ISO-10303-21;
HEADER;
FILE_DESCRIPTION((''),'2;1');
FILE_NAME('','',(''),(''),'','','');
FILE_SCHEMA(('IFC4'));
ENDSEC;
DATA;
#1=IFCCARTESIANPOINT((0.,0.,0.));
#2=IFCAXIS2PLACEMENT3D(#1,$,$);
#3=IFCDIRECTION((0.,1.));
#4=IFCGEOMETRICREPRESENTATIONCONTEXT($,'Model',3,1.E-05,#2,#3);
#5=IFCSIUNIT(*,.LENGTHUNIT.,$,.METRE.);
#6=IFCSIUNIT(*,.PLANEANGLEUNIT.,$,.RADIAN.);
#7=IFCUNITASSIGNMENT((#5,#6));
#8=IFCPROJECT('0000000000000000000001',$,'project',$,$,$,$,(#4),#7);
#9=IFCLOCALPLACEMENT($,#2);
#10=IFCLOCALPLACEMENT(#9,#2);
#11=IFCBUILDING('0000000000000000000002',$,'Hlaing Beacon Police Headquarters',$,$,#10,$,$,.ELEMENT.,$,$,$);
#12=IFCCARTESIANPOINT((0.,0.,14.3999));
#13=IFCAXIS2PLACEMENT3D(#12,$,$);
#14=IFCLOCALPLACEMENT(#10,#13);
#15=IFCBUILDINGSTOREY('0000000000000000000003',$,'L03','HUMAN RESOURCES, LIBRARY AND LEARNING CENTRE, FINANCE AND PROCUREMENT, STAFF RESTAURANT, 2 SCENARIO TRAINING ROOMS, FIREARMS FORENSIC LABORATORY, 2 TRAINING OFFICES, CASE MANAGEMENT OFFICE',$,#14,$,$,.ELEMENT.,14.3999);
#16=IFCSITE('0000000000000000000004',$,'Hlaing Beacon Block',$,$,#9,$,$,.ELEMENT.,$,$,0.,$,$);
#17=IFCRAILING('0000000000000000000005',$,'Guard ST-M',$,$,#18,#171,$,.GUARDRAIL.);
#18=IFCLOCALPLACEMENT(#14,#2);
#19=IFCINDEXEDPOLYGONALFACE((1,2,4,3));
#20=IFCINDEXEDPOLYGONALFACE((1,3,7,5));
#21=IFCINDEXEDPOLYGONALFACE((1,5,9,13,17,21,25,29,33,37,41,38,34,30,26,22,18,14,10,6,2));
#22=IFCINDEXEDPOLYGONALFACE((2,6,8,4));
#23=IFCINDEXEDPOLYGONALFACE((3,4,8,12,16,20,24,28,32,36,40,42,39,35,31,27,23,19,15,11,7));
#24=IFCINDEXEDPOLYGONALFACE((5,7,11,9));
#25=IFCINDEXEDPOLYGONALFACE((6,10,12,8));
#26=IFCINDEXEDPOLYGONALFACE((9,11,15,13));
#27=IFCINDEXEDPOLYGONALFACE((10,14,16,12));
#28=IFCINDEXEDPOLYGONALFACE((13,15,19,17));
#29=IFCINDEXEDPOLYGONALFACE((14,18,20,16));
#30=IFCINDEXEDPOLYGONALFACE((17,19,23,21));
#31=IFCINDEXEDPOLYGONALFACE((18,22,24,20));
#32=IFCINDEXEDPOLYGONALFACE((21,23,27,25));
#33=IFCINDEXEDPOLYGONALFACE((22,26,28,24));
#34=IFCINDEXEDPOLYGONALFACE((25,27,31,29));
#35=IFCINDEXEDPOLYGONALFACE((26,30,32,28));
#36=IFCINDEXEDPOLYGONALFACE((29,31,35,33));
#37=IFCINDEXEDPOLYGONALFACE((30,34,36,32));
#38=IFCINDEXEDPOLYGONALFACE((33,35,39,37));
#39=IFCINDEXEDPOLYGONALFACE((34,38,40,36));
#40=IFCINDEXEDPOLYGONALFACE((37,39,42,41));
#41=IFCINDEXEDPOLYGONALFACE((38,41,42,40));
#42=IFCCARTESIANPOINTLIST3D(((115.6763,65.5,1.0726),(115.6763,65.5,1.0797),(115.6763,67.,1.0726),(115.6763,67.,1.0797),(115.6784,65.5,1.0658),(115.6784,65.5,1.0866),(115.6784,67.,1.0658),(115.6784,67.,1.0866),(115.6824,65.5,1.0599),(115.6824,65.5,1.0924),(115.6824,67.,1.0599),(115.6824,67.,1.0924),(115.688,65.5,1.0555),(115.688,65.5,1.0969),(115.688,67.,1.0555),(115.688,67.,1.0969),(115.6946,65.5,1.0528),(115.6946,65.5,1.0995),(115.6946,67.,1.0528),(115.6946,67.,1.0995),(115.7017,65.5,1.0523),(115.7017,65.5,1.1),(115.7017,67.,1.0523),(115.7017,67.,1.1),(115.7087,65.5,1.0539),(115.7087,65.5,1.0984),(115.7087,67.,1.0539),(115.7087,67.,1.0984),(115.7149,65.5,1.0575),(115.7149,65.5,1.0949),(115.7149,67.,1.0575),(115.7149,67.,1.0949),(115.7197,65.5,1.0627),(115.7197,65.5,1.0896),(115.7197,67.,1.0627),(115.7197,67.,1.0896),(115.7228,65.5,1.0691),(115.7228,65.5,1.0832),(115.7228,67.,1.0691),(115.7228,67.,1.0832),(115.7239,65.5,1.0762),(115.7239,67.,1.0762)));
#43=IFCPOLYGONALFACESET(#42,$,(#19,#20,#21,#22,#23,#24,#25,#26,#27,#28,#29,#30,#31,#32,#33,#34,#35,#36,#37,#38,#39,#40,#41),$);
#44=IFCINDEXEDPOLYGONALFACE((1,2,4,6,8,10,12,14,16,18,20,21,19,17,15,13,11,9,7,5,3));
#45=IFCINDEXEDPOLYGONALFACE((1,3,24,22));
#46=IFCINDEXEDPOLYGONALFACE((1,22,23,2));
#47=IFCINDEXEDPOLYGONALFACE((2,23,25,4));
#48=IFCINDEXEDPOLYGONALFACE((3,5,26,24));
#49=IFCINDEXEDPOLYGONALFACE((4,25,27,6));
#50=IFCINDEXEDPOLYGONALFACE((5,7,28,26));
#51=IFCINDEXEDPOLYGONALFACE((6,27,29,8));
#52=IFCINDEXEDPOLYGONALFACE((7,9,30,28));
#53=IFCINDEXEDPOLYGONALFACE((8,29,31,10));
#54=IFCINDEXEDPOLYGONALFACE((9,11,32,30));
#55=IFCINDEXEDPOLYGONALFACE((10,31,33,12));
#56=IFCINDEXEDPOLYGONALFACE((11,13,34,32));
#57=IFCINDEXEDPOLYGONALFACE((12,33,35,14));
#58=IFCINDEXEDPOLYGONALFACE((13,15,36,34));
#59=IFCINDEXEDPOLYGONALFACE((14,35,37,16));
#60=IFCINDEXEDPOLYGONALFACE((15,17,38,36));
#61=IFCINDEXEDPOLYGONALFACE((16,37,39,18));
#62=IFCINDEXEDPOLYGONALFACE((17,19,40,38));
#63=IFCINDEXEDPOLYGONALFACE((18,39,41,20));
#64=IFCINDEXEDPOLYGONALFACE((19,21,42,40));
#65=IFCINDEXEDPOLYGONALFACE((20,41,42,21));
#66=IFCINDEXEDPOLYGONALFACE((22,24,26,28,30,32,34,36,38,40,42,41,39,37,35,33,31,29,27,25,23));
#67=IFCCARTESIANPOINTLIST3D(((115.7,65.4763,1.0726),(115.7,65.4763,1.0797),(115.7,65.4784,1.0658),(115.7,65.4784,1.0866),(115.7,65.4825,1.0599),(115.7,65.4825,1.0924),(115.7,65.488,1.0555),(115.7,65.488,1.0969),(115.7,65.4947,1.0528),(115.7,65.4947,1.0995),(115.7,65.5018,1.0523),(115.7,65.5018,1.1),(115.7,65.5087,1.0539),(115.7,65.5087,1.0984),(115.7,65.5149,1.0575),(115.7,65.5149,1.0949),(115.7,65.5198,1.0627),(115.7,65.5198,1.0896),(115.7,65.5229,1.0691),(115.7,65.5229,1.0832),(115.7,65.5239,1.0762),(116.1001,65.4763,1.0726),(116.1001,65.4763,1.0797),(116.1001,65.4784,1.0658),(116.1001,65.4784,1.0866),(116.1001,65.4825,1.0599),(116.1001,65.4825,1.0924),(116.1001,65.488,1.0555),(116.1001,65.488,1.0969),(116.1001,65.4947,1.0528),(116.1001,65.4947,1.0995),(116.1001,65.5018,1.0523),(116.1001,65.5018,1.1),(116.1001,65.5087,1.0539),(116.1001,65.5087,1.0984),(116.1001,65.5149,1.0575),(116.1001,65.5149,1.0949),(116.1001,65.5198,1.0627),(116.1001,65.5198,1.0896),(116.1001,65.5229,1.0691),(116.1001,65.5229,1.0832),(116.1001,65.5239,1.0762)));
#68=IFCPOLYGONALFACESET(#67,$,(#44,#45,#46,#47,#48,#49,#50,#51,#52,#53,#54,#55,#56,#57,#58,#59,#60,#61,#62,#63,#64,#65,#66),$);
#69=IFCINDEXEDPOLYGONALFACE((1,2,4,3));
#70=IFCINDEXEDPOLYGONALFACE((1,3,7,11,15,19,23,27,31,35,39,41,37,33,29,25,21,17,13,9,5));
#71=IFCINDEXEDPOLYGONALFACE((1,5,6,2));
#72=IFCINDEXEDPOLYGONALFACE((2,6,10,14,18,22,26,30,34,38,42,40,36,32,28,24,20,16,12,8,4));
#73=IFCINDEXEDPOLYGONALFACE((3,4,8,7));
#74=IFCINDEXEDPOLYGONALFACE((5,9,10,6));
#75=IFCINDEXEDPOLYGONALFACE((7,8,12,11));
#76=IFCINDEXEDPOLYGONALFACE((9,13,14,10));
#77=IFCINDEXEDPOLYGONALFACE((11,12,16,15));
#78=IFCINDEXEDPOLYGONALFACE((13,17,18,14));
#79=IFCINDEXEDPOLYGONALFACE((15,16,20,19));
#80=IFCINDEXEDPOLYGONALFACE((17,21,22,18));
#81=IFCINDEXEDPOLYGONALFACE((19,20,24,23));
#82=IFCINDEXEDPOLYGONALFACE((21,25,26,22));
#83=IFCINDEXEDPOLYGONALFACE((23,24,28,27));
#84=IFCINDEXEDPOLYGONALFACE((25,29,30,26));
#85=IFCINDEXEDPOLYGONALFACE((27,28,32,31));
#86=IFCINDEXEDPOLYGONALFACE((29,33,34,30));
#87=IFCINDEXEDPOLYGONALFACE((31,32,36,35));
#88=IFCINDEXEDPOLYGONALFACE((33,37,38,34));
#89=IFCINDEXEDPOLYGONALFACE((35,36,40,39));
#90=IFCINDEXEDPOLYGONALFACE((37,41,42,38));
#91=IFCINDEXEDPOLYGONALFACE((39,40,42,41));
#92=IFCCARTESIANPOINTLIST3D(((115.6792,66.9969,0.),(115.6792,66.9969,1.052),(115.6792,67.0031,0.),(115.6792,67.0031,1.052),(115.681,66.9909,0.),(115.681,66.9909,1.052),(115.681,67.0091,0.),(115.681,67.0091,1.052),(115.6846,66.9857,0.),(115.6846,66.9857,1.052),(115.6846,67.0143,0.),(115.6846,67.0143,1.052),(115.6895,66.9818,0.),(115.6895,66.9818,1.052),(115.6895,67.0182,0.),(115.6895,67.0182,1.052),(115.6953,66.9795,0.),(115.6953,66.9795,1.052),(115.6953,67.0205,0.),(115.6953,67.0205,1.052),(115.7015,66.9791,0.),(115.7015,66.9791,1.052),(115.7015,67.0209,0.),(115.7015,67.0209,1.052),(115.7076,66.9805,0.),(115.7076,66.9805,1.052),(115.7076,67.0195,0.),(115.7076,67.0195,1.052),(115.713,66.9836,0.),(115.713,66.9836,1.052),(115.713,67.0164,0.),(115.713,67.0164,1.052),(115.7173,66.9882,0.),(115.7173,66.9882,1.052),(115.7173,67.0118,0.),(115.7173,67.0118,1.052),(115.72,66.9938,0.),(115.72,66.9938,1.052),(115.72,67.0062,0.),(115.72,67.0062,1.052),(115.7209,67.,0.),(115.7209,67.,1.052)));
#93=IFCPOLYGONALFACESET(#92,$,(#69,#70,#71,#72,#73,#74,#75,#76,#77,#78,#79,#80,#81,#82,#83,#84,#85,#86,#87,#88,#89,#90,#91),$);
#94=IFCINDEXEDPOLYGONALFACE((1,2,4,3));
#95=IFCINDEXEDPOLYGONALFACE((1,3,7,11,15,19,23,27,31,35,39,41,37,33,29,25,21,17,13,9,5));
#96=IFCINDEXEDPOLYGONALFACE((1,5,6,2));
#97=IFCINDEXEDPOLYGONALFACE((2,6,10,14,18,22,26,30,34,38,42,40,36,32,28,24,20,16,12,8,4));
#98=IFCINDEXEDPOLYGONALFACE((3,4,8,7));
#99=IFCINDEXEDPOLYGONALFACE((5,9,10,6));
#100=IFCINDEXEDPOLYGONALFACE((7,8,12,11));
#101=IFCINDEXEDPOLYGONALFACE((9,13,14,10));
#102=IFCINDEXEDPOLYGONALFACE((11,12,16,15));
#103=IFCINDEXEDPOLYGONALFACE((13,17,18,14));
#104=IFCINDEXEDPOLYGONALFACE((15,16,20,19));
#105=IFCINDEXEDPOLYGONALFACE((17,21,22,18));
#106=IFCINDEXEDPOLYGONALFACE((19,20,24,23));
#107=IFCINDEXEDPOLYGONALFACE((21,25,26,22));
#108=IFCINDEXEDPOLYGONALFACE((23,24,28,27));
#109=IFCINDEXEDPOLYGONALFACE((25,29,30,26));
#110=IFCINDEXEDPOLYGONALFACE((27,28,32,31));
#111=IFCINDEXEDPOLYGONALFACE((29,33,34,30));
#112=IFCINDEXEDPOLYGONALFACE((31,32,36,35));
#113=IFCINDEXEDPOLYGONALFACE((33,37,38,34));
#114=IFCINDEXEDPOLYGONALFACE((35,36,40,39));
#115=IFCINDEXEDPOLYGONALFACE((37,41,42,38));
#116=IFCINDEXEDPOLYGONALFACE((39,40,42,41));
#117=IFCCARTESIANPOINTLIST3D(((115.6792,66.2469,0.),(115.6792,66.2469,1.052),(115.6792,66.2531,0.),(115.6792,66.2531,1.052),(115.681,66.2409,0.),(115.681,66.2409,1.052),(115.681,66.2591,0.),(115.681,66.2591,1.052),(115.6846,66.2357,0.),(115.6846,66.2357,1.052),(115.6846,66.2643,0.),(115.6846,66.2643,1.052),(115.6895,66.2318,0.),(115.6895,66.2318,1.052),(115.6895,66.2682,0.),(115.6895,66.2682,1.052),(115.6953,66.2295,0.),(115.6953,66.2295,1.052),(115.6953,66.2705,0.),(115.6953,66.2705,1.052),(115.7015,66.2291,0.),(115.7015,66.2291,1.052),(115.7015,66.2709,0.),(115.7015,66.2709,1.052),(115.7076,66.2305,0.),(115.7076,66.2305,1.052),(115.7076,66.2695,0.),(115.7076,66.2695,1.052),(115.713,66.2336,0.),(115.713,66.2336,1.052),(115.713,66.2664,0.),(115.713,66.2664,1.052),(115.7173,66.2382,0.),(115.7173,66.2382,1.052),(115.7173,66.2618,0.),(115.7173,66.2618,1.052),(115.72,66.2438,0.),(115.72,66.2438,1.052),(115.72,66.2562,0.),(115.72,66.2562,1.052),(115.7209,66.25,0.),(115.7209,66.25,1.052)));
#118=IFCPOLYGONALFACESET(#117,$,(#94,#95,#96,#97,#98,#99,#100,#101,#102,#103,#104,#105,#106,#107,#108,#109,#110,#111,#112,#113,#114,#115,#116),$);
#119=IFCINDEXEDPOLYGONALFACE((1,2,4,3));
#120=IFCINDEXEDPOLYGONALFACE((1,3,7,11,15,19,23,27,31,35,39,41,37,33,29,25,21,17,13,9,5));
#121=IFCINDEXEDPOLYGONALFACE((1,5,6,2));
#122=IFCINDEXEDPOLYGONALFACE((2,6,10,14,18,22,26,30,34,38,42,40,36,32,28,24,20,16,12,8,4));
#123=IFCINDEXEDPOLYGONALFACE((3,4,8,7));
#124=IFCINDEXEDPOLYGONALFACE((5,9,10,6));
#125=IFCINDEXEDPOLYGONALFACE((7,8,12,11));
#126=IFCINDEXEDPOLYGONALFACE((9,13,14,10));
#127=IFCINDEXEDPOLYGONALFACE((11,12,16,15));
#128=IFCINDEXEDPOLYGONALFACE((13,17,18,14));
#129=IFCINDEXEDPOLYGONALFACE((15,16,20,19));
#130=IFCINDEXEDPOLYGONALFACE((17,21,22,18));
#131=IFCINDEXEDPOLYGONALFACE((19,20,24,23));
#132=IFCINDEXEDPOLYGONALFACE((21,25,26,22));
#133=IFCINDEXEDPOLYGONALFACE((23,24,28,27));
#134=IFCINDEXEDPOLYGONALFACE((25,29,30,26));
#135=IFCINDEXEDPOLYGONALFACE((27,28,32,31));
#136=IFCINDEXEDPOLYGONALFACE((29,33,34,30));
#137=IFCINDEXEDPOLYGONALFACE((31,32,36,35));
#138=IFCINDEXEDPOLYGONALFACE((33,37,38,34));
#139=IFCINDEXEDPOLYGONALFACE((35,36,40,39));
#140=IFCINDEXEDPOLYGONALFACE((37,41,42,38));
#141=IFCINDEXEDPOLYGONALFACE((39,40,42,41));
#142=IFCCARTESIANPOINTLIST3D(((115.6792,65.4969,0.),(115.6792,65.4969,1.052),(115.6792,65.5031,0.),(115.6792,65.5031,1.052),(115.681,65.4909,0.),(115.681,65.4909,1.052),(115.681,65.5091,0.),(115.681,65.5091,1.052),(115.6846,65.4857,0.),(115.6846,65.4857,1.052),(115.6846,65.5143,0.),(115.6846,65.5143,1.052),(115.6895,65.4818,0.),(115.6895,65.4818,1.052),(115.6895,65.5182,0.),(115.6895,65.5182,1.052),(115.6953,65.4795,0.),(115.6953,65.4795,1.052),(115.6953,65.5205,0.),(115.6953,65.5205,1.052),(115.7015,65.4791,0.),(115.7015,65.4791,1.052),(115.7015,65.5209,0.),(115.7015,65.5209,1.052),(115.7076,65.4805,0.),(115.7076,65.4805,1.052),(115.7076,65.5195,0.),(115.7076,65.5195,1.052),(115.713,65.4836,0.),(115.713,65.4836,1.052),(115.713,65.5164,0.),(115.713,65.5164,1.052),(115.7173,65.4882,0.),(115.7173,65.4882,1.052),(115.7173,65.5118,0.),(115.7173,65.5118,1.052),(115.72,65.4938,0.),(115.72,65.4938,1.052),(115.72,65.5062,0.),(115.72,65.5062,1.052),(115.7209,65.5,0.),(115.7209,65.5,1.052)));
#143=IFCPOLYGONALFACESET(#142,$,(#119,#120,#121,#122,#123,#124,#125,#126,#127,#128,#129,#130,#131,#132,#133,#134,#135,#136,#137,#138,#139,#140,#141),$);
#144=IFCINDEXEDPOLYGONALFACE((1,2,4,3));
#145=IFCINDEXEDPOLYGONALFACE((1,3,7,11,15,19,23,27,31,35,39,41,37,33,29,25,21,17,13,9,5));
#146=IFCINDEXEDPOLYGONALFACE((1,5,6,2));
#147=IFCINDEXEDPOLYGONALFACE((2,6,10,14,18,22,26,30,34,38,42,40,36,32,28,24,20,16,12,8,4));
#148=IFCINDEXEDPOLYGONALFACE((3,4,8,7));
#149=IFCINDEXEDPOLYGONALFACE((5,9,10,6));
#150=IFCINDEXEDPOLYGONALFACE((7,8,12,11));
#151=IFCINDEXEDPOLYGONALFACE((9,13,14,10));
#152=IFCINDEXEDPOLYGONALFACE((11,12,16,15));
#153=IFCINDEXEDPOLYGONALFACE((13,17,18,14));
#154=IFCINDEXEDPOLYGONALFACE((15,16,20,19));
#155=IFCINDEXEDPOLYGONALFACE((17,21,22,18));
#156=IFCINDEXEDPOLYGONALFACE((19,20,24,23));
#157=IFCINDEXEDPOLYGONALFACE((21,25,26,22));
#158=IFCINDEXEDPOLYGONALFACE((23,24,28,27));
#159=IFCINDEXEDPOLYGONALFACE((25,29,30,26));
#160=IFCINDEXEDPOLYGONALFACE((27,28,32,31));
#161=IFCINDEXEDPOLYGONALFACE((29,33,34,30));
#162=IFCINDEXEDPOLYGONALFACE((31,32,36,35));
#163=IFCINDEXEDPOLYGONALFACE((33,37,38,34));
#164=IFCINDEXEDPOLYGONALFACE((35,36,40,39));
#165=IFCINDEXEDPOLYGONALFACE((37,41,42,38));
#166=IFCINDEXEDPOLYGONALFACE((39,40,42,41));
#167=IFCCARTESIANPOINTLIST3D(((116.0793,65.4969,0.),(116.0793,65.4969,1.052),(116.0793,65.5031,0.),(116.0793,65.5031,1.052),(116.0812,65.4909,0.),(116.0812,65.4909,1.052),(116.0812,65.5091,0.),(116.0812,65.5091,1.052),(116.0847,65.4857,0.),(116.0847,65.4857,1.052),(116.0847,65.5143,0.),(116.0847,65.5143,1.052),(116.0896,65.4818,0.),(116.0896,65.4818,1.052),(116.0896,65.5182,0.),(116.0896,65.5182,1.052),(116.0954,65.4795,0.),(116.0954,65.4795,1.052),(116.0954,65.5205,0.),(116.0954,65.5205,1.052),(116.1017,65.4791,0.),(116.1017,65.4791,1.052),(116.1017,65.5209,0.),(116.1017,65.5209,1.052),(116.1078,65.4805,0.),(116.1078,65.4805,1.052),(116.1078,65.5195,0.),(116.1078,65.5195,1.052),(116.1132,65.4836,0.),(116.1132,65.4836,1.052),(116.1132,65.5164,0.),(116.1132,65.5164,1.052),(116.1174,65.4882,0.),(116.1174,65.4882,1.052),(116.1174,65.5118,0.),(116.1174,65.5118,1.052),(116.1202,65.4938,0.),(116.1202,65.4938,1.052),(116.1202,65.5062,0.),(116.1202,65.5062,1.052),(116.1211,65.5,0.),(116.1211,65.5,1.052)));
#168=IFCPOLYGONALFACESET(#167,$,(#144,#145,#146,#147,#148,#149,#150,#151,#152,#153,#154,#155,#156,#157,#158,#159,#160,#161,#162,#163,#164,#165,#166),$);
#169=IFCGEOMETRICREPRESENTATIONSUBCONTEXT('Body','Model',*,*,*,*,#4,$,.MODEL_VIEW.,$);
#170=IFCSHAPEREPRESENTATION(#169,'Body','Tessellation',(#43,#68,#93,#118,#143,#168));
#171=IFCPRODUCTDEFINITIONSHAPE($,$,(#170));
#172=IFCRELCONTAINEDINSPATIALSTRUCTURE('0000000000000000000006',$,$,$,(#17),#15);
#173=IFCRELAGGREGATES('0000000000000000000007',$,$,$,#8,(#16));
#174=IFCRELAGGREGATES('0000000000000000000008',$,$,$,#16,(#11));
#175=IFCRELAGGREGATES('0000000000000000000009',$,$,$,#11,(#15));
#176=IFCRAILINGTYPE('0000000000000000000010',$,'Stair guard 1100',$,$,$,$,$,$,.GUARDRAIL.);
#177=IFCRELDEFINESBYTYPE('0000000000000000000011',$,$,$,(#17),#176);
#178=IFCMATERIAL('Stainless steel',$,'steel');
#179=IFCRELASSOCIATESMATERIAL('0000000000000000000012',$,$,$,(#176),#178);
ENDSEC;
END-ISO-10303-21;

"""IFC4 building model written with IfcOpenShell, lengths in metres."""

from ifc_helpers import new_model, si_unit, direction, frame, origin, origin_2d, place, context, subcontext, project, spatial, circle, extrude, material, type_object, element, save


model = new_model("IFC4")

# Units and contexts
model_context = context("Model", 3, precision=1e-05, world=origin(), true_north=direction((0.0, 1.0)))
body_context = subcontext(model_context, "Body", "Model", "MODEL_VIEW")
ifc_project = project(units=[si_unit("LENGTHUNIT", "METRE"), si_unit("PLANEANGLEUNIT", "RADIAN")], contexts=[model_context])

# Site, building, storey
site_placement = place(None, origin())
site = spatial("IfcSite", under=ifc_project, at=site_placement, Name="Hlaing Beacon Block", CompositionType="ELEMENT", RefElevation=0.0)
building_placement = place(site_placement, origin())
building = spatial("IfcBuilding", under=site, at=building_placement, Name="Hlaing Beacon Police Headquarters", CompositionType="ELEMENT")
storey_placement = place(building_placement, frame((0.0, 0.0, 14.3999)))
storey = spatial("IfcBuildingStorey", under=building, at=storey_placement, Name="L03", Description="HUMAN RESOURCES, LIBRARY AND LEARNING CENTRE, FINANCE AND PROCUREMENT, STAFF RESTAURANT, 2 SCENARIO TRAINING ROOMS, FIREARMS FORENSIC LABORATORY, 2 TRAINING OFFICES, CASE MANAGEMENT OFFICE", CompositionType="ELEMENT", Elevation=14.3999)

# Railing
ifc_material_1 = material(Name="Stainless steel", Category="steel")
railing_type_1 = type_object("IfcRailingType", Name="Stair guard 1100", PredefinedType="GUARDRAIL", material=ifc_material_1)
railing_placement = place(storey_placement, frame((115.7, 67.0, 0.0)))
element("IfcRailing", 1, at=railing_placement, inside=storey, type_object=railing_type_1, Name="Guard ST-M", PredefinedType="GUARDRAIL", context=body_context, shape_type="SweptSolid", body=[
    extrude(circle(Radius=0.0239, at=origin_2d()), frame((0.0, 0.0, 1.0762), z_axis=(0.0, -1.0, 0.0), x_axis=(1.0, 0.0, 0.0)), (0.0, 0.0, 1.0), 1.5),
    extrude(circle(Radius=0.0239, at=origin_2d()), frame((0.0, -1.5, 1.0762), z_axis=(1.0, 0.0, 0.0), x_axis=(0.0, 1.0, 0.0)), (0.0, 0.0, 1.0), 0.4001),
    extrude(circle(Radius=0.021, at=origin_2d()), origin(), (0.0, 0.0, 1.0), 1.052),
    extrude(circle(Radius=0.021, at=origin_2d()), frame((0.0, -0.75, 0.0)), (0.0, 0.0, 1.0), 1.052),
    extrude(circle(Radius=0.021, at=origin_2d()), frame((0.0, -1.5, 0.0)), (0.0, 0.0, 1.0), 1.052),
    extrude(circle(Radius=0.021, at=origin_2d()), frame((0.4001, -1.5, 0.0)), (0.0, 0.0, 1.0), 1.052),
])

save(model, "model.ifc")
